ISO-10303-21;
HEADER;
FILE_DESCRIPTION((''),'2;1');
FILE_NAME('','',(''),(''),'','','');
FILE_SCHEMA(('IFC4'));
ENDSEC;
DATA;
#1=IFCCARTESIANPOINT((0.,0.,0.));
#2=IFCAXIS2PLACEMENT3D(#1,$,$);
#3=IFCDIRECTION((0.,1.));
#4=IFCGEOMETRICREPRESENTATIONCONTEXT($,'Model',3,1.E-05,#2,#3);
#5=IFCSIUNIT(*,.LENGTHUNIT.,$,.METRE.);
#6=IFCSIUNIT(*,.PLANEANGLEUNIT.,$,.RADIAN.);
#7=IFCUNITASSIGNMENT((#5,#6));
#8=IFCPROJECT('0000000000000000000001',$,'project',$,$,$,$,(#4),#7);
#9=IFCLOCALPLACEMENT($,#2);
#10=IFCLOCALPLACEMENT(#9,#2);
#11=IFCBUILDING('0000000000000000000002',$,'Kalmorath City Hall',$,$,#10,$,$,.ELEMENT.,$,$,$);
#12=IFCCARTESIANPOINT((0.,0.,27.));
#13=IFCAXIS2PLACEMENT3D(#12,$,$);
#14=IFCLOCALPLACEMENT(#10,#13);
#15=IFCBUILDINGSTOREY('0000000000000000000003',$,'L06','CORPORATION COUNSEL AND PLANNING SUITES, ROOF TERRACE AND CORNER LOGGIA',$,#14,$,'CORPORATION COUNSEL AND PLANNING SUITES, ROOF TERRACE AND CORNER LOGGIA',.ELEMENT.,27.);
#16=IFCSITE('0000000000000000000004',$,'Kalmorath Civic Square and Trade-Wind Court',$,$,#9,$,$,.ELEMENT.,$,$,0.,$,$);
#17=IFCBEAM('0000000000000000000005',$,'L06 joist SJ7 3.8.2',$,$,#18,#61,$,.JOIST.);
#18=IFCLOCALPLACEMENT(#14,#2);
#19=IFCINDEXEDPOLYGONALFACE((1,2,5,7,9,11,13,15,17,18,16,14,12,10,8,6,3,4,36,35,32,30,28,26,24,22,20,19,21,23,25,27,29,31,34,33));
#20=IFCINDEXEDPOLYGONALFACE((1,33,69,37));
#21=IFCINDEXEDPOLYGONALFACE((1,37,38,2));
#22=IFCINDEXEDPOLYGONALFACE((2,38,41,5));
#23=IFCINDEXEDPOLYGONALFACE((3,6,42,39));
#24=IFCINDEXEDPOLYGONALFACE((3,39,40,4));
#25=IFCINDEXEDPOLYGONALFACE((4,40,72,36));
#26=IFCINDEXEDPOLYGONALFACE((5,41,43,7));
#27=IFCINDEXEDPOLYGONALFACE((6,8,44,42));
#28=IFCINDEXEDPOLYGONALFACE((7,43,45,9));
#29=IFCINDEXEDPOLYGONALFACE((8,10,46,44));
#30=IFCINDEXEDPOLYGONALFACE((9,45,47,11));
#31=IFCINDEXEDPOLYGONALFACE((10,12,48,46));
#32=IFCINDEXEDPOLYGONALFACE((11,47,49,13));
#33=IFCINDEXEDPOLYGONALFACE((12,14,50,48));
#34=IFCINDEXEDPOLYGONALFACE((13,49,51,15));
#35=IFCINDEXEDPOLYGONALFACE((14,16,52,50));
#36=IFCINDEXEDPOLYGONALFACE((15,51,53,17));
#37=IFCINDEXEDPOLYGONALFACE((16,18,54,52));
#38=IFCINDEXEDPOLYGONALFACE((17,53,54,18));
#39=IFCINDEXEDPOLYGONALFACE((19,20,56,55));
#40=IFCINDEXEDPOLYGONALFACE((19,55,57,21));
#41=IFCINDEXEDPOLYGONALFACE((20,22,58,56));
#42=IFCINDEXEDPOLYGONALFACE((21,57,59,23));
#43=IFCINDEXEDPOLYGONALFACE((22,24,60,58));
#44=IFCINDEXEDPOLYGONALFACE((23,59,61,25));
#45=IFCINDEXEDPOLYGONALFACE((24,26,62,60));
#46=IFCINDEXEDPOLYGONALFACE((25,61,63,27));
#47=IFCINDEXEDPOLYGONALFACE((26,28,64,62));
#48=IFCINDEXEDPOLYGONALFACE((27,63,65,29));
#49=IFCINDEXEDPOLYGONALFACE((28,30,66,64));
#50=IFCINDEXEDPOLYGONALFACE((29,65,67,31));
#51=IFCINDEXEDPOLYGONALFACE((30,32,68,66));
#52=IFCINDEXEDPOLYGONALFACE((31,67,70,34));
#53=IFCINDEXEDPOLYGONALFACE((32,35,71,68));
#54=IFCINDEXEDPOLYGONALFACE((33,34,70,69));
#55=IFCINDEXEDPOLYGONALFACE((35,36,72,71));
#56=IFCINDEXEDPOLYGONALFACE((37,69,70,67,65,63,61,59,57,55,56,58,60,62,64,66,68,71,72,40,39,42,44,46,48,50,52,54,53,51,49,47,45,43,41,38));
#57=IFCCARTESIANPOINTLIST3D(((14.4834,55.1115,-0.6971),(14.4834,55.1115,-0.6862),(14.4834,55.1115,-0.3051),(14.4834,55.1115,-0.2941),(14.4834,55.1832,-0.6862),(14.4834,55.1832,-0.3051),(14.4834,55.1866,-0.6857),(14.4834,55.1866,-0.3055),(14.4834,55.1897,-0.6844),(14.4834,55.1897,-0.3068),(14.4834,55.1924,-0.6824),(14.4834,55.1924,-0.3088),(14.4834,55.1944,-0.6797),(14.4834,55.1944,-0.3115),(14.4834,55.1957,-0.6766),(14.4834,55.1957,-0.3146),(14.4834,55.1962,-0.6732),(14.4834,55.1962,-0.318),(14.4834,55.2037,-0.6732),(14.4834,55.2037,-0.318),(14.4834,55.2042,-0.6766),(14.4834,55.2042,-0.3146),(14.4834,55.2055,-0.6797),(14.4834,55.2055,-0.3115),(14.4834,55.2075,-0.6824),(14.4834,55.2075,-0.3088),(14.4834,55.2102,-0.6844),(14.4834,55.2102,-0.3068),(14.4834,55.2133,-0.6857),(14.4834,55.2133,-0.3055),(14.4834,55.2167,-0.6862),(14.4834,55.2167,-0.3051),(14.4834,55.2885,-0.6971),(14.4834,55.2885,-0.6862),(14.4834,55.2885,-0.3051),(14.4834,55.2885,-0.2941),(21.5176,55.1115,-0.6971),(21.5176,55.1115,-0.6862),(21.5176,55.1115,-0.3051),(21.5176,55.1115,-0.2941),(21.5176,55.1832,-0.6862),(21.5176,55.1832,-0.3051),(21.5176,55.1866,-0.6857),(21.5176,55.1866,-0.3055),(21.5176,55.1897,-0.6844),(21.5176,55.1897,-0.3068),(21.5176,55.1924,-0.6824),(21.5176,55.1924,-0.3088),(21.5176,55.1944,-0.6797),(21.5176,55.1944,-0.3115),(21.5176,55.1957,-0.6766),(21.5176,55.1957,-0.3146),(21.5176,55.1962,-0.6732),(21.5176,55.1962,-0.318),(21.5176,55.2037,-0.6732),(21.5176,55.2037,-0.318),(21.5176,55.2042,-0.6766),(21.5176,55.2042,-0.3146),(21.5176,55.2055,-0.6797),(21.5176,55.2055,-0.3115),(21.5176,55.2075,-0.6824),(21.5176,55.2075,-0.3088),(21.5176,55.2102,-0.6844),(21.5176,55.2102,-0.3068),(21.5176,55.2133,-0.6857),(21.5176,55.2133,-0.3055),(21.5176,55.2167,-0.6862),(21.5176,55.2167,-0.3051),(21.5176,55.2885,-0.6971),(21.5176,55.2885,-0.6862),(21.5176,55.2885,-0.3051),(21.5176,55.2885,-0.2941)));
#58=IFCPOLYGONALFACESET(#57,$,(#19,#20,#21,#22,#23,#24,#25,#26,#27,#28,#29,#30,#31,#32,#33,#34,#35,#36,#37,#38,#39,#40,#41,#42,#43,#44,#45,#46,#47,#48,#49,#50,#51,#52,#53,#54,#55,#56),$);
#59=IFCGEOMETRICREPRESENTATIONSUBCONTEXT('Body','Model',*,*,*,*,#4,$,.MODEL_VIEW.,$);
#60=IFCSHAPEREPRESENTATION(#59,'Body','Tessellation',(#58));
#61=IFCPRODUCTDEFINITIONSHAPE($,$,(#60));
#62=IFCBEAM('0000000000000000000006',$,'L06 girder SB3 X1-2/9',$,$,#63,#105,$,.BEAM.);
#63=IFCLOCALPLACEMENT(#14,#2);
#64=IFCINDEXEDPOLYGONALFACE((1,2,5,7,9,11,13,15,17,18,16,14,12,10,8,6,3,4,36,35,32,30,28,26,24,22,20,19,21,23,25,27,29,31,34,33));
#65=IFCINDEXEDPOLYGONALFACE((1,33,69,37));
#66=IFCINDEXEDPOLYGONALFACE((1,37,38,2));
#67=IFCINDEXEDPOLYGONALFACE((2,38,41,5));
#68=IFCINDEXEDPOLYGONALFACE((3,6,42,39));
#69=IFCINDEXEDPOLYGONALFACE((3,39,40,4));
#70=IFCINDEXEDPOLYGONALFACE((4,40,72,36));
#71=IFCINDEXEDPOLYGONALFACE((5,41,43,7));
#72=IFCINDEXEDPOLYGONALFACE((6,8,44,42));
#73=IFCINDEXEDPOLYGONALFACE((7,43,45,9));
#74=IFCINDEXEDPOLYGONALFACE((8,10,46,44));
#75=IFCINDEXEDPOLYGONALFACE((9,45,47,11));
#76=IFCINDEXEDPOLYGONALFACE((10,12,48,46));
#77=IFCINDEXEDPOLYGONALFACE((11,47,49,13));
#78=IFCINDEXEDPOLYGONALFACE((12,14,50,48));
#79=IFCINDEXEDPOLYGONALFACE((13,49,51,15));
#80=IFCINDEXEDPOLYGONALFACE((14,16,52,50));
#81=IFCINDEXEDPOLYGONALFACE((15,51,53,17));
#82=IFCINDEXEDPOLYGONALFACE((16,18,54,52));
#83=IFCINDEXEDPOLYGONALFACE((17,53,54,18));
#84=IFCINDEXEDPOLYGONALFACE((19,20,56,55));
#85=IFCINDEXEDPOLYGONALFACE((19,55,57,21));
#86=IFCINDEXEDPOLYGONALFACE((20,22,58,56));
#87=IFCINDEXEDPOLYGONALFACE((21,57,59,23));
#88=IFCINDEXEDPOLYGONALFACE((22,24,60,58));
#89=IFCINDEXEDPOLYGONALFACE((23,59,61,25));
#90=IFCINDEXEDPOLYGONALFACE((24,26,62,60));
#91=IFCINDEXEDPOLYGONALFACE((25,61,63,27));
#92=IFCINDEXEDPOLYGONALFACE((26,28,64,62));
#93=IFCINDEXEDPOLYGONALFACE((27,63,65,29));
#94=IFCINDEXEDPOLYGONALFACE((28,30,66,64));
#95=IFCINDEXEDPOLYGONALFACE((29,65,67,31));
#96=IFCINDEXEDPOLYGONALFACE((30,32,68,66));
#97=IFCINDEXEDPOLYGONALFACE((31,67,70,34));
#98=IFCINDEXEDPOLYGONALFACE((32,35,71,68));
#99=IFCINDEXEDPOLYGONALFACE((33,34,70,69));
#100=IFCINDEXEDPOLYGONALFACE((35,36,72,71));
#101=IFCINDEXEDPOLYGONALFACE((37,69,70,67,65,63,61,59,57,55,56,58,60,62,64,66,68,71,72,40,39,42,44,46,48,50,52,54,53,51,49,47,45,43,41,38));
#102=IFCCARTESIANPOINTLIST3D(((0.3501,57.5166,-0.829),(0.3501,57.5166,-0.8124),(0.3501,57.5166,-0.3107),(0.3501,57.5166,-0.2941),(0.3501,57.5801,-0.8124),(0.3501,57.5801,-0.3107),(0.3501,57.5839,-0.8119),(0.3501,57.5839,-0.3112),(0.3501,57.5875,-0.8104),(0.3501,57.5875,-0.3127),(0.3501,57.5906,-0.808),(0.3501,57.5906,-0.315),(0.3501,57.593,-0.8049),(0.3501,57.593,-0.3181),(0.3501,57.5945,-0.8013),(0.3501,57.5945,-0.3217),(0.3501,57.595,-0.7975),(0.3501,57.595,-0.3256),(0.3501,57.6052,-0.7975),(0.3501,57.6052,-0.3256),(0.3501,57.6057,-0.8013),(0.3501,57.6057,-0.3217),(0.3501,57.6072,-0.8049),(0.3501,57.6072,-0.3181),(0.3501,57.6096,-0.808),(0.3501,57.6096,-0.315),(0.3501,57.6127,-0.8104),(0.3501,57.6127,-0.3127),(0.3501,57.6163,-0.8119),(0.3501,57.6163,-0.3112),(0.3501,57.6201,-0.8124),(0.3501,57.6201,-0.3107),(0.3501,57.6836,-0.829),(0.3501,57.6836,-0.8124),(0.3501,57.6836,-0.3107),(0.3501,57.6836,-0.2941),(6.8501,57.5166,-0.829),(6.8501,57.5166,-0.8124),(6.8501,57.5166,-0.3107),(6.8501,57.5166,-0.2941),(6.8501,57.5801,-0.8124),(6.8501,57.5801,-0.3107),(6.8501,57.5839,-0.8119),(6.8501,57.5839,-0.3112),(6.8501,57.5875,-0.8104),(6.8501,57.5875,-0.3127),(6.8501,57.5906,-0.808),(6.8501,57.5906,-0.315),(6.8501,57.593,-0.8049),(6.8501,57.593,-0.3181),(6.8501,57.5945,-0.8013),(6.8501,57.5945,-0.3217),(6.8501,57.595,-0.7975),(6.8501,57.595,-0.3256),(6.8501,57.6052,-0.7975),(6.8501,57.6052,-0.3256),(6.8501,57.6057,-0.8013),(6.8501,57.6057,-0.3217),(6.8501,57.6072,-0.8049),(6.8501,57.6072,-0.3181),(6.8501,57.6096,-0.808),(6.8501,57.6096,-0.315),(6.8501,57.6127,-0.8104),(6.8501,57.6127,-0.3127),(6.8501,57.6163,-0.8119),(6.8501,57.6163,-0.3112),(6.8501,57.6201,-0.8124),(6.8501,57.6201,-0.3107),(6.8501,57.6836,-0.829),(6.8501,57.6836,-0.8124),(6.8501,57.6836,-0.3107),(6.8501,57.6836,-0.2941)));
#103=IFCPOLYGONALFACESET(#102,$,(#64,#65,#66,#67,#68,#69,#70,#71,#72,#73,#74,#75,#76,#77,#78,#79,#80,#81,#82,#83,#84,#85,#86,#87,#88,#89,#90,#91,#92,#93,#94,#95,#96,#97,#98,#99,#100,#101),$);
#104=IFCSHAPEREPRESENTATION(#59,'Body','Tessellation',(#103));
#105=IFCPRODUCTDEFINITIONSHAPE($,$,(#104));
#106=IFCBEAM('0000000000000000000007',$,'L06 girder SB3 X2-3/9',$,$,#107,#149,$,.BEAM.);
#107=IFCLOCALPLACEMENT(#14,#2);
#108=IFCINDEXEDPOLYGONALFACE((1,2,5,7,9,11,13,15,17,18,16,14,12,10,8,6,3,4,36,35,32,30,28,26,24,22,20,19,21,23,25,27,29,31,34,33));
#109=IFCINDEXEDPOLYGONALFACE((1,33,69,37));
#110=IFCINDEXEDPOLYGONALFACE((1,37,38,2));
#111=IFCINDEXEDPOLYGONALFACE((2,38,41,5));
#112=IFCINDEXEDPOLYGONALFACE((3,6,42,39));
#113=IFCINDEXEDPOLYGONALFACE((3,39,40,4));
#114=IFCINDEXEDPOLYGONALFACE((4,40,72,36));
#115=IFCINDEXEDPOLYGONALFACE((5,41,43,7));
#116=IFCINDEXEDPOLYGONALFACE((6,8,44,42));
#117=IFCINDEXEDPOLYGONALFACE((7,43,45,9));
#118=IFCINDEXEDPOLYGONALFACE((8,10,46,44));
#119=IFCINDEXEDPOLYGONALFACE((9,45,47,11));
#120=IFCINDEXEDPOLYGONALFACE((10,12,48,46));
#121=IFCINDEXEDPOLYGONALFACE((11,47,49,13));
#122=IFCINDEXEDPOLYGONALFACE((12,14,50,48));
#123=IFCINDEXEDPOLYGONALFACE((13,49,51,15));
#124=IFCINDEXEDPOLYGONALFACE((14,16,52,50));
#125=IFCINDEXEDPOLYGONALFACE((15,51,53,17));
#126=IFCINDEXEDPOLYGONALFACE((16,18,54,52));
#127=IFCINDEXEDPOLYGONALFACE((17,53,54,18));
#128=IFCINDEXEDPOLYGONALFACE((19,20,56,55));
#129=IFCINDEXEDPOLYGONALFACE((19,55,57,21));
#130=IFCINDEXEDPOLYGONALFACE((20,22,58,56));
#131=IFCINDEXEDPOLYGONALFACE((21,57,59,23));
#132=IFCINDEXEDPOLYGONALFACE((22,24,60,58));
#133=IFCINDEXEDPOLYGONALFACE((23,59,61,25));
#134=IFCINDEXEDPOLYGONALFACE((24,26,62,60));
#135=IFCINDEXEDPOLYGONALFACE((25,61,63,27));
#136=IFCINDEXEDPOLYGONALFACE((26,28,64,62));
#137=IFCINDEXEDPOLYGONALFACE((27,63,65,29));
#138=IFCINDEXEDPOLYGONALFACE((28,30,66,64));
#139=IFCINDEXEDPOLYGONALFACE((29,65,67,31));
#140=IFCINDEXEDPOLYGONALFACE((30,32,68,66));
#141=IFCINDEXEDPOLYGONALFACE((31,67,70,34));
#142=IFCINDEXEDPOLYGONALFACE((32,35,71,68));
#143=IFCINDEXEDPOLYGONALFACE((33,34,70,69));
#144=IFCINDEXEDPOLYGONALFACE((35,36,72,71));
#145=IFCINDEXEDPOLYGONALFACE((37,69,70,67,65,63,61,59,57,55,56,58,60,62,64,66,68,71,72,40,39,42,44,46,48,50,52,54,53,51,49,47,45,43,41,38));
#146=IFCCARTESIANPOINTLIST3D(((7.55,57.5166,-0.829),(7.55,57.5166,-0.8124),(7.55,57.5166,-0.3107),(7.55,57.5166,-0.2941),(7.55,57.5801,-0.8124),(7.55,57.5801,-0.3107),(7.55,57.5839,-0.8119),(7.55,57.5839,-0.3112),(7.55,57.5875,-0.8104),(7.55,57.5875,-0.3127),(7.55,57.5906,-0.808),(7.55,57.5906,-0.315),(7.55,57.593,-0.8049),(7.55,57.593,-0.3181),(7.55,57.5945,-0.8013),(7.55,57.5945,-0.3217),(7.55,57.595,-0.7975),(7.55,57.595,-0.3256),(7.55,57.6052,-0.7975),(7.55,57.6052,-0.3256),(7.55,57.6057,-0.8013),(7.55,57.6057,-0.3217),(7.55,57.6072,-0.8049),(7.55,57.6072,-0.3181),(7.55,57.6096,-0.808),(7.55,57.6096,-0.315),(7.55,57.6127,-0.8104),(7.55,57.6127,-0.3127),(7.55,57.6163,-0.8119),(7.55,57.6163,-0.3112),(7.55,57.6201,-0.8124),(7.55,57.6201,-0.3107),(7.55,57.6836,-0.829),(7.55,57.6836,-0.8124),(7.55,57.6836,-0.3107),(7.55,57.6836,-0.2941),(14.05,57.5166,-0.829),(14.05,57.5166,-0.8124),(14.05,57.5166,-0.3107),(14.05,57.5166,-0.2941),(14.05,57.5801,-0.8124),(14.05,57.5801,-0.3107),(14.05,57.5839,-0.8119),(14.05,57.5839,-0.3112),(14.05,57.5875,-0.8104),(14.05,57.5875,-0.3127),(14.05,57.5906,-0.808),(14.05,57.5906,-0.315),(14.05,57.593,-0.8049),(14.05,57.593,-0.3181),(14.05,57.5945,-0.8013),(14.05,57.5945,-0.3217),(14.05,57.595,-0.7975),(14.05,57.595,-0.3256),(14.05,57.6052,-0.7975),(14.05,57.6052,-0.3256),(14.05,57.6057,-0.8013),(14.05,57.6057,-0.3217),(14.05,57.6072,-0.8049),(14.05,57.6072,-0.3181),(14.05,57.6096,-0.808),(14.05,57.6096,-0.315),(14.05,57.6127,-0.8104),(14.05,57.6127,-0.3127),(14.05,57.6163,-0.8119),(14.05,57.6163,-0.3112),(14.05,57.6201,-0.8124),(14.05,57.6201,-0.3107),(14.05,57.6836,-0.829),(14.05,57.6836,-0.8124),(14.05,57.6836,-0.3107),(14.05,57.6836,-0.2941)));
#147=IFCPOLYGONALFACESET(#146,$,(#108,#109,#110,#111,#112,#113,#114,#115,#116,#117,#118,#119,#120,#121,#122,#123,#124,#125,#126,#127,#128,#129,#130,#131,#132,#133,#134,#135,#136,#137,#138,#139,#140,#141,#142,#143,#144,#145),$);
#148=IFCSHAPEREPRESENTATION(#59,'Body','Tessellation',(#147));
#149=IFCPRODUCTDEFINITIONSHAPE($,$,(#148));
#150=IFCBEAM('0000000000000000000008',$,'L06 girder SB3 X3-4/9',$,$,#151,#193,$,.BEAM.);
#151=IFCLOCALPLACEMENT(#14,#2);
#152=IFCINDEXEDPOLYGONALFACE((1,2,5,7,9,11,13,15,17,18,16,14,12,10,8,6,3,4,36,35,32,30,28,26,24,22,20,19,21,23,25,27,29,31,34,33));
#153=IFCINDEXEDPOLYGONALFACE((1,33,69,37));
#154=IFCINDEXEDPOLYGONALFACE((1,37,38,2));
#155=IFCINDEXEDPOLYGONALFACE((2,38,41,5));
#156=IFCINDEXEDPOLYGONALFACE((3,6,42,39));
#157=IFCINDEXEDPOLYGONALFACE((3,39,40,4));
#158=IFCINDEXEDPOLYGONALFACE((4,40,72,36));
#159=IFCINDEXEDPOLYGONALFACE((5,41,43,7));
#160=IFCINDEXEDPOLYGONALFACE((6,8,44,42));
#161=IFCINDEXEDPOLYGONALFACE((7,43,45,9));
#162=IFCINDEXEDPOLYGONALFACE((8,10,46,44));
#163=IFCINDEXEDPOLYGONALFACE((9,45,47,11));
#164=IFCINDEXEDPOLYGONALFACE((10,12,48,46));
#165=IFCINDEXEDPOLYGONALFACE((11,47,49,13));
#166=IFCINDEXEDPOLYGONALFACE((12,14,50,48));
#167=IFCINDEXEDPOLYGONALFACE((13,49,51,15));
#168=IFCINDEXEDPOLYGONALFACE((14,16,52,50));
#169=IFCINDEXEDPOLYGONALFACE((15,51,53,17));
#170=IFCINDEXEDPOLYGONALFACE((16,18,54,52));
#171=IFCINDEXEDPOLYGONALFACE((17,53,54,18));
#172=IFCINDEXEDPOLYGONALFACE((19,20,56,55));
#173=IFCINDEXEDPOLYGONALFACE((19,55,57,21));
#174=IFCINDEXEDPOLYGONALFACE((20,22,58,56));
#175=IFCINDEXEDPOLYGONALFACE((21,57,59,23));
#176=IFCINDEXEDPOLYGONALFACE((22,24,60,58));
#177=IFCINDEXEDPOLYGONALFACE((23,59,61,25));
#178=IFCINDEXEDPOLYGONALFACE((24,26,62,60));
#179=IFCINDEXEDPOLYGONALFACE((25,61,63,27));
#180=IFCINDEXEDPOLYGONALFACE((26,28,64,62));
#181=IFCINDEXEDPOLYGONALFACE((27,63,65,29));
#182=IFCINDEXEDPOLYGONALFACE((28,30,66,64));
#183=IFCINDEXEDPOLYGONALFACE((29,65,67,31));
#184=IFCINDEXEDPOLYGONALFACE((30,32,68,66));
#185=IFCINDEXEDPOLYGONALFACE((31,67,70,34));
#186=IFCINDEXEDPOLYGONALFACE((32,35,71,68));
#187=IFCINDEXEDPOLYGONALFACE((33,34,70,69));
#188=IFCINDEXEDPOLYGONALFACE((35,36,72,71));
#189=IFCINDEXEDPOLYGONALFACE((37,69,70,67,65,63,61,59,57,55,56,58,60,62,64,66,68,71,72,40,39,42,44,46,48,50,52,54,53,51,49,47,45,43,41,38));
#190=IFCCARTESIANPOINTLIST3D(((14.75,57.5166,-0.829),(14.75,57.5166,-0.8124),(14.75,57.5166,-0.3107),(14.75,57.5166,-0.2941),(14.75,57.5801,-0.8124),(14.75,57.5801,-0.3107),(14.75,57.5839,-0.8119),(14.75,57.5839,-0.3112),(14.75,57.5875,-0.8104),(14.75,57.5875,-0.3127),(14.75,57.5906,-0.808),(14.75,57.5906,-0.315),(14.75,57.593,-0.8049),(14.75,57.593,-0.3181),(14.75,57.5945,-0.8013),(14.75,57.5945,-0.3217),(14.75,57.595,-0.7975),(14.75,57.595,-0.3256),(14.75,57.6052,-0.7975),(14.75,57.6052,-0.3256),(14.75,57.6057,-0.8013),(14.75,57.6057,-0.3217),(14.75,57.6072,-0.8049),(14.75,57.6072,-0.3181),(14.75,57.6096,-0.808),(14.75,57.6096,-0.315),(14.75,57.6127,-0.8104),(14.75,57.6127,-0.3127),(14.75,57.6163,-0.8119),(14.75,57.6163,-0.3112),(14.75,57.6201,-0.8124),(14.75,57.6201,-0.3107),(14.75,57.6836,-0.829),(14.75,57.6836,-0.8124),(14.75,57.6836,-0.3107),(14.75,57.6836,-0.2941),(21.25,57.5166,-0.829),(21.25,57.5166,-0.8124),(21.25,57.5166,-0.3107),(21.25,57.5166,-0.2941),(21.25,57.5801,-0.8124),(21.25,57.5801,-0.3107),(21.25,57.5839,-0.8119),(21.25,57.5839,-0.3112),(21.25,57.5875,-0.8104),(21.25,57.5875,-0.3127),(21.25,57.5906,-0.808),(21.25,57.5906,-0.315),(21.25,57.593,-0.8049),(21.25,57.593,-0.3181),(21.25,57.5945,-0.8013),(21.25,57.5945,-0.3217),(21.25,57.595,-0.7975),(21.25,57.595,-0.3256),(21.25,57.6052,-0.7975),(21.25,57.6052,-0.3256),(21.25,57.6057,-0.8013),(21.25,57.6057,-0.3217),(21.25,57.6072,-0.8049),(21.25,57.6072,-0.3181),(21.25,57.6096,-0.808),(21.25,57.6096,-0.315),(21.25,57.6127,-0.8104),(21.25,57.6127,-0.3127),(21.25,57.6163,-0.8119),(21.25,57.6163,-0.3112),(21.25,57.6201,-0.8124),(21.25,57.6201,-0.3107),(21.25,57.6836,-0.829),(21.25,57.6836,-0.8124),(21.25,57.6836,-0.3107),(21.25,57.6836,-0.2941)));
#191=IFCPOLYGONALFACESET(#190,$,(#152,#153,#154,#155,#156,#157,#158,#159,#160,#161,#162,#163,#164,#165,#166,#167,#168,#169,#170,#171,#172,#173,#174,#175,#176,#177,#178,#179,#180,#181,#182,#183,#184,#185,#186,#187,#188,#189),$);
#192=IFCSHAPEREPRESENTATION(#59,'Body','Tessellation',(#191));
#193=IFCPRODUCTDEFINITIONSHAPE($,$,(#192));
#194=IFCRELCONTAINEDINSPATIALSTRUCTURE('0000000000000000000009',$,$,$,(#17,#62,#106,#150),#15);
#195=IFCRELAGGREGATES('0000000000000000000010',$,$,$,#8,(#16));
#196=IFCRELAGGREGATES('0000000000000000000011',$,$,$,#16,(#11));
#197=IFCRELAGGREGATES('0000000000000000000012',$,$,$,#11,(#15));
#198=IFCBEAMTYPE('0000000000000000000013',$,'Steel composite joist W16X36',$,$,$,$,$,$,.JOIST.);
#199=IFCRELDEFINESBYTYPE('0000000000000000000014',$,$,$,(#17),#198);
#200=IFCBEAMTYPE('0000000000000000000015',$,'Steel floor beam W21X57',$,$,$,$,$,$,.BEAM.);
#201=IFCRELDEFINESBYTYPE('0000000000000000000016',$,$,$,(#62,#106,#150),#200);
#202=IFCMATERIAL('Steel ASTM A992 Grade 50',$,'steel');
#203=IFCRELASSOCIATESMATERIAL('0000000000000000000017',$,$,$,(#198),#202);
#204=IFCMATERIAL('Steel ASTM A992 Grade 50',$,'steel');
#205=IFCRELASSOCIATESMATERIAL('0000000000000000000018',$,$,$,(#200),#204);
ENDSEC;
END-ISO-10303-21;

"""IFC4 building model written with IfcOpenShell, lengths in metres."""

from ifc_helpers import new_model, si_unit, direction, frame, origin, origin_2d, place, context, subcontext, project, spatial, i_section, extrude, material, material_profile, profile_set, type_object, element, save


model = new_model("IFC4")

# Units and contexts
model_context = context("Model", 3, precision=1e-05, world=origin(), true_north=direction((0.0, 1.0)))
body_context = subcontext(model_context, "Body", "Model", "MODEL_VIEW")
ifc_project = project(units=[si_unit("LENGTHUNIT", "METRE"), si_unit("PLANEANGLEUNIT", "RADIAN")], contexts=[model_context])

# Site, building, storey
site_placement = place(None, origin())
site = spatial("IfcSite", under=ifc_project, at=site_placement, Name="Kalmorath Civic Square and Trade-Wind Court", CompositionType="ELEMENT", RefElevation=0.0)
building_placement = place(site_placement, origin())
building = spatial("IfcBuilding", under=site, at=building_placement, Name="Kalmorath City Hall", CompositionType="ELEMENT")
storey_placement = place(building_placement, frame((0.0, 0.0, 27.0)))
storey = spatial("IfcBuildingStorey", under=building, at=storey_placement, Name="L06", Description="CORPORATION COUNSEL AND PLANNING SUITES, ROOF TERRACE AND CORNER LOGGIA", LongName="CORPORATION COUNSEL AND PLANNING SUITES, ROOF TERRACE AND CORNER LOGGIA", CompositionType="ELEMENT", Elevation=27.0)

# Beams
ifc_material_1 = material(Name="Steel ASTM A992 Grade 50", Category="steel")
ifc_material_profile_1 = material_profile(ifc_material_1, i_section(OverallWidth=0.177, OverallDepth=0.4031, WebThickness=0.0076, FlangeThickness=0.011, FilletRadius=0.0129, at=origin_2d()), Name="W16X36")
ifc_profile_set_1 = profile_set([ifc_material_profile_1], Name="Steel ASTM A992 Grade 50")
beam_type_1 = type_object("IfcBeamType", Name="Steel composite joist W16X36", PredefinedType="JOIST", material=ifc_profile_set_1)
for number, where, z_axis, x_axis, name in (
    (1, (14.4834, 55.2, -0.4956), (1.0, 0.0, 0.0), (0.0, 1.0, 0.0), "L06 joist SJ7 3.8.2"),
):
    element("IfcBeam", number, at=place(storey_placement, frame(where, z_axis=z_axis, x_axis=x_axis)), inside=storey, type_object=beam_type_1, Name=name, PredefinedType="JOIST", context=body_context, shape_type="SweptSolid", body=[
        extrude(i_section(OverallWidth=0.177, OverallDepth=0.4031, WebThickness=0.0076, FlangeThickness=0.011, FilletRadius=0.0129, at=origin_2d()), origin(), (0.0, 0.0, 1.0), 7.0342),
    ])
ifc_material_2 = material(Name="Steel ASTM A992 Grade 50", Category="steel")
ifc_material_profile_2 = material_profile(ifc_material_2, i_section(OverallWidth=0.167, OverallDepth=0.5349, WebThickness=0.0103, FlangeThickness=0.0166, FilletRadius=0.0149, at=origin_2d()), Name="W21X57")
ifc_profile_set_2 = profile_set([ifc_material_profile_2], Name="Steel ASTM A992 Grade 50")
beam_type_2 = type_object("IfcBeamType", Name="Steel floor beam W21X57", PredefinedType="BEAM", material=ifc_profile_set_2)
for number, where, z_axis, x_axis, name in (
    (2, (0.3501, 57.6001, -0.5615), (1.0, 0.0, 0.0), (0.0, 1.0, 0.0), "L06 girder SB3 X1-2/9"),
    (3, (7.55, 57.6001, -0.5615), (1.0, 0.0, 0.0), (0.0, 1.0, 0.0), "L06 girder SB3 X2-3/9"),
    (4, (14.75, 57.6001, -0.5615), (1.0, 0.0, 0.0), (0.0, 1.0, 0.0), "L06 girder SB3 X3-4/9"),
):
    element("IfcBeam", number, at=place(storey_placement, frame(where, z_axis=z_axis, x_axis=x_axis)), inside=storey, type_object=beam_type_2, Name=name, PredefinedType="BEAM", context=body_context, shape_type="SweptSolid", body=[
        extrude(i_section(OverallWidth=0.167, OverallDepth=0.5349, WebThickness=0.0103, FlangeThickness=0.0166, FilletRadius=0.0149, at=origin_2d()), origin(), (0.0, 0.0, 1.0), 6.5),
    ])

save(model, "model.ifc")
